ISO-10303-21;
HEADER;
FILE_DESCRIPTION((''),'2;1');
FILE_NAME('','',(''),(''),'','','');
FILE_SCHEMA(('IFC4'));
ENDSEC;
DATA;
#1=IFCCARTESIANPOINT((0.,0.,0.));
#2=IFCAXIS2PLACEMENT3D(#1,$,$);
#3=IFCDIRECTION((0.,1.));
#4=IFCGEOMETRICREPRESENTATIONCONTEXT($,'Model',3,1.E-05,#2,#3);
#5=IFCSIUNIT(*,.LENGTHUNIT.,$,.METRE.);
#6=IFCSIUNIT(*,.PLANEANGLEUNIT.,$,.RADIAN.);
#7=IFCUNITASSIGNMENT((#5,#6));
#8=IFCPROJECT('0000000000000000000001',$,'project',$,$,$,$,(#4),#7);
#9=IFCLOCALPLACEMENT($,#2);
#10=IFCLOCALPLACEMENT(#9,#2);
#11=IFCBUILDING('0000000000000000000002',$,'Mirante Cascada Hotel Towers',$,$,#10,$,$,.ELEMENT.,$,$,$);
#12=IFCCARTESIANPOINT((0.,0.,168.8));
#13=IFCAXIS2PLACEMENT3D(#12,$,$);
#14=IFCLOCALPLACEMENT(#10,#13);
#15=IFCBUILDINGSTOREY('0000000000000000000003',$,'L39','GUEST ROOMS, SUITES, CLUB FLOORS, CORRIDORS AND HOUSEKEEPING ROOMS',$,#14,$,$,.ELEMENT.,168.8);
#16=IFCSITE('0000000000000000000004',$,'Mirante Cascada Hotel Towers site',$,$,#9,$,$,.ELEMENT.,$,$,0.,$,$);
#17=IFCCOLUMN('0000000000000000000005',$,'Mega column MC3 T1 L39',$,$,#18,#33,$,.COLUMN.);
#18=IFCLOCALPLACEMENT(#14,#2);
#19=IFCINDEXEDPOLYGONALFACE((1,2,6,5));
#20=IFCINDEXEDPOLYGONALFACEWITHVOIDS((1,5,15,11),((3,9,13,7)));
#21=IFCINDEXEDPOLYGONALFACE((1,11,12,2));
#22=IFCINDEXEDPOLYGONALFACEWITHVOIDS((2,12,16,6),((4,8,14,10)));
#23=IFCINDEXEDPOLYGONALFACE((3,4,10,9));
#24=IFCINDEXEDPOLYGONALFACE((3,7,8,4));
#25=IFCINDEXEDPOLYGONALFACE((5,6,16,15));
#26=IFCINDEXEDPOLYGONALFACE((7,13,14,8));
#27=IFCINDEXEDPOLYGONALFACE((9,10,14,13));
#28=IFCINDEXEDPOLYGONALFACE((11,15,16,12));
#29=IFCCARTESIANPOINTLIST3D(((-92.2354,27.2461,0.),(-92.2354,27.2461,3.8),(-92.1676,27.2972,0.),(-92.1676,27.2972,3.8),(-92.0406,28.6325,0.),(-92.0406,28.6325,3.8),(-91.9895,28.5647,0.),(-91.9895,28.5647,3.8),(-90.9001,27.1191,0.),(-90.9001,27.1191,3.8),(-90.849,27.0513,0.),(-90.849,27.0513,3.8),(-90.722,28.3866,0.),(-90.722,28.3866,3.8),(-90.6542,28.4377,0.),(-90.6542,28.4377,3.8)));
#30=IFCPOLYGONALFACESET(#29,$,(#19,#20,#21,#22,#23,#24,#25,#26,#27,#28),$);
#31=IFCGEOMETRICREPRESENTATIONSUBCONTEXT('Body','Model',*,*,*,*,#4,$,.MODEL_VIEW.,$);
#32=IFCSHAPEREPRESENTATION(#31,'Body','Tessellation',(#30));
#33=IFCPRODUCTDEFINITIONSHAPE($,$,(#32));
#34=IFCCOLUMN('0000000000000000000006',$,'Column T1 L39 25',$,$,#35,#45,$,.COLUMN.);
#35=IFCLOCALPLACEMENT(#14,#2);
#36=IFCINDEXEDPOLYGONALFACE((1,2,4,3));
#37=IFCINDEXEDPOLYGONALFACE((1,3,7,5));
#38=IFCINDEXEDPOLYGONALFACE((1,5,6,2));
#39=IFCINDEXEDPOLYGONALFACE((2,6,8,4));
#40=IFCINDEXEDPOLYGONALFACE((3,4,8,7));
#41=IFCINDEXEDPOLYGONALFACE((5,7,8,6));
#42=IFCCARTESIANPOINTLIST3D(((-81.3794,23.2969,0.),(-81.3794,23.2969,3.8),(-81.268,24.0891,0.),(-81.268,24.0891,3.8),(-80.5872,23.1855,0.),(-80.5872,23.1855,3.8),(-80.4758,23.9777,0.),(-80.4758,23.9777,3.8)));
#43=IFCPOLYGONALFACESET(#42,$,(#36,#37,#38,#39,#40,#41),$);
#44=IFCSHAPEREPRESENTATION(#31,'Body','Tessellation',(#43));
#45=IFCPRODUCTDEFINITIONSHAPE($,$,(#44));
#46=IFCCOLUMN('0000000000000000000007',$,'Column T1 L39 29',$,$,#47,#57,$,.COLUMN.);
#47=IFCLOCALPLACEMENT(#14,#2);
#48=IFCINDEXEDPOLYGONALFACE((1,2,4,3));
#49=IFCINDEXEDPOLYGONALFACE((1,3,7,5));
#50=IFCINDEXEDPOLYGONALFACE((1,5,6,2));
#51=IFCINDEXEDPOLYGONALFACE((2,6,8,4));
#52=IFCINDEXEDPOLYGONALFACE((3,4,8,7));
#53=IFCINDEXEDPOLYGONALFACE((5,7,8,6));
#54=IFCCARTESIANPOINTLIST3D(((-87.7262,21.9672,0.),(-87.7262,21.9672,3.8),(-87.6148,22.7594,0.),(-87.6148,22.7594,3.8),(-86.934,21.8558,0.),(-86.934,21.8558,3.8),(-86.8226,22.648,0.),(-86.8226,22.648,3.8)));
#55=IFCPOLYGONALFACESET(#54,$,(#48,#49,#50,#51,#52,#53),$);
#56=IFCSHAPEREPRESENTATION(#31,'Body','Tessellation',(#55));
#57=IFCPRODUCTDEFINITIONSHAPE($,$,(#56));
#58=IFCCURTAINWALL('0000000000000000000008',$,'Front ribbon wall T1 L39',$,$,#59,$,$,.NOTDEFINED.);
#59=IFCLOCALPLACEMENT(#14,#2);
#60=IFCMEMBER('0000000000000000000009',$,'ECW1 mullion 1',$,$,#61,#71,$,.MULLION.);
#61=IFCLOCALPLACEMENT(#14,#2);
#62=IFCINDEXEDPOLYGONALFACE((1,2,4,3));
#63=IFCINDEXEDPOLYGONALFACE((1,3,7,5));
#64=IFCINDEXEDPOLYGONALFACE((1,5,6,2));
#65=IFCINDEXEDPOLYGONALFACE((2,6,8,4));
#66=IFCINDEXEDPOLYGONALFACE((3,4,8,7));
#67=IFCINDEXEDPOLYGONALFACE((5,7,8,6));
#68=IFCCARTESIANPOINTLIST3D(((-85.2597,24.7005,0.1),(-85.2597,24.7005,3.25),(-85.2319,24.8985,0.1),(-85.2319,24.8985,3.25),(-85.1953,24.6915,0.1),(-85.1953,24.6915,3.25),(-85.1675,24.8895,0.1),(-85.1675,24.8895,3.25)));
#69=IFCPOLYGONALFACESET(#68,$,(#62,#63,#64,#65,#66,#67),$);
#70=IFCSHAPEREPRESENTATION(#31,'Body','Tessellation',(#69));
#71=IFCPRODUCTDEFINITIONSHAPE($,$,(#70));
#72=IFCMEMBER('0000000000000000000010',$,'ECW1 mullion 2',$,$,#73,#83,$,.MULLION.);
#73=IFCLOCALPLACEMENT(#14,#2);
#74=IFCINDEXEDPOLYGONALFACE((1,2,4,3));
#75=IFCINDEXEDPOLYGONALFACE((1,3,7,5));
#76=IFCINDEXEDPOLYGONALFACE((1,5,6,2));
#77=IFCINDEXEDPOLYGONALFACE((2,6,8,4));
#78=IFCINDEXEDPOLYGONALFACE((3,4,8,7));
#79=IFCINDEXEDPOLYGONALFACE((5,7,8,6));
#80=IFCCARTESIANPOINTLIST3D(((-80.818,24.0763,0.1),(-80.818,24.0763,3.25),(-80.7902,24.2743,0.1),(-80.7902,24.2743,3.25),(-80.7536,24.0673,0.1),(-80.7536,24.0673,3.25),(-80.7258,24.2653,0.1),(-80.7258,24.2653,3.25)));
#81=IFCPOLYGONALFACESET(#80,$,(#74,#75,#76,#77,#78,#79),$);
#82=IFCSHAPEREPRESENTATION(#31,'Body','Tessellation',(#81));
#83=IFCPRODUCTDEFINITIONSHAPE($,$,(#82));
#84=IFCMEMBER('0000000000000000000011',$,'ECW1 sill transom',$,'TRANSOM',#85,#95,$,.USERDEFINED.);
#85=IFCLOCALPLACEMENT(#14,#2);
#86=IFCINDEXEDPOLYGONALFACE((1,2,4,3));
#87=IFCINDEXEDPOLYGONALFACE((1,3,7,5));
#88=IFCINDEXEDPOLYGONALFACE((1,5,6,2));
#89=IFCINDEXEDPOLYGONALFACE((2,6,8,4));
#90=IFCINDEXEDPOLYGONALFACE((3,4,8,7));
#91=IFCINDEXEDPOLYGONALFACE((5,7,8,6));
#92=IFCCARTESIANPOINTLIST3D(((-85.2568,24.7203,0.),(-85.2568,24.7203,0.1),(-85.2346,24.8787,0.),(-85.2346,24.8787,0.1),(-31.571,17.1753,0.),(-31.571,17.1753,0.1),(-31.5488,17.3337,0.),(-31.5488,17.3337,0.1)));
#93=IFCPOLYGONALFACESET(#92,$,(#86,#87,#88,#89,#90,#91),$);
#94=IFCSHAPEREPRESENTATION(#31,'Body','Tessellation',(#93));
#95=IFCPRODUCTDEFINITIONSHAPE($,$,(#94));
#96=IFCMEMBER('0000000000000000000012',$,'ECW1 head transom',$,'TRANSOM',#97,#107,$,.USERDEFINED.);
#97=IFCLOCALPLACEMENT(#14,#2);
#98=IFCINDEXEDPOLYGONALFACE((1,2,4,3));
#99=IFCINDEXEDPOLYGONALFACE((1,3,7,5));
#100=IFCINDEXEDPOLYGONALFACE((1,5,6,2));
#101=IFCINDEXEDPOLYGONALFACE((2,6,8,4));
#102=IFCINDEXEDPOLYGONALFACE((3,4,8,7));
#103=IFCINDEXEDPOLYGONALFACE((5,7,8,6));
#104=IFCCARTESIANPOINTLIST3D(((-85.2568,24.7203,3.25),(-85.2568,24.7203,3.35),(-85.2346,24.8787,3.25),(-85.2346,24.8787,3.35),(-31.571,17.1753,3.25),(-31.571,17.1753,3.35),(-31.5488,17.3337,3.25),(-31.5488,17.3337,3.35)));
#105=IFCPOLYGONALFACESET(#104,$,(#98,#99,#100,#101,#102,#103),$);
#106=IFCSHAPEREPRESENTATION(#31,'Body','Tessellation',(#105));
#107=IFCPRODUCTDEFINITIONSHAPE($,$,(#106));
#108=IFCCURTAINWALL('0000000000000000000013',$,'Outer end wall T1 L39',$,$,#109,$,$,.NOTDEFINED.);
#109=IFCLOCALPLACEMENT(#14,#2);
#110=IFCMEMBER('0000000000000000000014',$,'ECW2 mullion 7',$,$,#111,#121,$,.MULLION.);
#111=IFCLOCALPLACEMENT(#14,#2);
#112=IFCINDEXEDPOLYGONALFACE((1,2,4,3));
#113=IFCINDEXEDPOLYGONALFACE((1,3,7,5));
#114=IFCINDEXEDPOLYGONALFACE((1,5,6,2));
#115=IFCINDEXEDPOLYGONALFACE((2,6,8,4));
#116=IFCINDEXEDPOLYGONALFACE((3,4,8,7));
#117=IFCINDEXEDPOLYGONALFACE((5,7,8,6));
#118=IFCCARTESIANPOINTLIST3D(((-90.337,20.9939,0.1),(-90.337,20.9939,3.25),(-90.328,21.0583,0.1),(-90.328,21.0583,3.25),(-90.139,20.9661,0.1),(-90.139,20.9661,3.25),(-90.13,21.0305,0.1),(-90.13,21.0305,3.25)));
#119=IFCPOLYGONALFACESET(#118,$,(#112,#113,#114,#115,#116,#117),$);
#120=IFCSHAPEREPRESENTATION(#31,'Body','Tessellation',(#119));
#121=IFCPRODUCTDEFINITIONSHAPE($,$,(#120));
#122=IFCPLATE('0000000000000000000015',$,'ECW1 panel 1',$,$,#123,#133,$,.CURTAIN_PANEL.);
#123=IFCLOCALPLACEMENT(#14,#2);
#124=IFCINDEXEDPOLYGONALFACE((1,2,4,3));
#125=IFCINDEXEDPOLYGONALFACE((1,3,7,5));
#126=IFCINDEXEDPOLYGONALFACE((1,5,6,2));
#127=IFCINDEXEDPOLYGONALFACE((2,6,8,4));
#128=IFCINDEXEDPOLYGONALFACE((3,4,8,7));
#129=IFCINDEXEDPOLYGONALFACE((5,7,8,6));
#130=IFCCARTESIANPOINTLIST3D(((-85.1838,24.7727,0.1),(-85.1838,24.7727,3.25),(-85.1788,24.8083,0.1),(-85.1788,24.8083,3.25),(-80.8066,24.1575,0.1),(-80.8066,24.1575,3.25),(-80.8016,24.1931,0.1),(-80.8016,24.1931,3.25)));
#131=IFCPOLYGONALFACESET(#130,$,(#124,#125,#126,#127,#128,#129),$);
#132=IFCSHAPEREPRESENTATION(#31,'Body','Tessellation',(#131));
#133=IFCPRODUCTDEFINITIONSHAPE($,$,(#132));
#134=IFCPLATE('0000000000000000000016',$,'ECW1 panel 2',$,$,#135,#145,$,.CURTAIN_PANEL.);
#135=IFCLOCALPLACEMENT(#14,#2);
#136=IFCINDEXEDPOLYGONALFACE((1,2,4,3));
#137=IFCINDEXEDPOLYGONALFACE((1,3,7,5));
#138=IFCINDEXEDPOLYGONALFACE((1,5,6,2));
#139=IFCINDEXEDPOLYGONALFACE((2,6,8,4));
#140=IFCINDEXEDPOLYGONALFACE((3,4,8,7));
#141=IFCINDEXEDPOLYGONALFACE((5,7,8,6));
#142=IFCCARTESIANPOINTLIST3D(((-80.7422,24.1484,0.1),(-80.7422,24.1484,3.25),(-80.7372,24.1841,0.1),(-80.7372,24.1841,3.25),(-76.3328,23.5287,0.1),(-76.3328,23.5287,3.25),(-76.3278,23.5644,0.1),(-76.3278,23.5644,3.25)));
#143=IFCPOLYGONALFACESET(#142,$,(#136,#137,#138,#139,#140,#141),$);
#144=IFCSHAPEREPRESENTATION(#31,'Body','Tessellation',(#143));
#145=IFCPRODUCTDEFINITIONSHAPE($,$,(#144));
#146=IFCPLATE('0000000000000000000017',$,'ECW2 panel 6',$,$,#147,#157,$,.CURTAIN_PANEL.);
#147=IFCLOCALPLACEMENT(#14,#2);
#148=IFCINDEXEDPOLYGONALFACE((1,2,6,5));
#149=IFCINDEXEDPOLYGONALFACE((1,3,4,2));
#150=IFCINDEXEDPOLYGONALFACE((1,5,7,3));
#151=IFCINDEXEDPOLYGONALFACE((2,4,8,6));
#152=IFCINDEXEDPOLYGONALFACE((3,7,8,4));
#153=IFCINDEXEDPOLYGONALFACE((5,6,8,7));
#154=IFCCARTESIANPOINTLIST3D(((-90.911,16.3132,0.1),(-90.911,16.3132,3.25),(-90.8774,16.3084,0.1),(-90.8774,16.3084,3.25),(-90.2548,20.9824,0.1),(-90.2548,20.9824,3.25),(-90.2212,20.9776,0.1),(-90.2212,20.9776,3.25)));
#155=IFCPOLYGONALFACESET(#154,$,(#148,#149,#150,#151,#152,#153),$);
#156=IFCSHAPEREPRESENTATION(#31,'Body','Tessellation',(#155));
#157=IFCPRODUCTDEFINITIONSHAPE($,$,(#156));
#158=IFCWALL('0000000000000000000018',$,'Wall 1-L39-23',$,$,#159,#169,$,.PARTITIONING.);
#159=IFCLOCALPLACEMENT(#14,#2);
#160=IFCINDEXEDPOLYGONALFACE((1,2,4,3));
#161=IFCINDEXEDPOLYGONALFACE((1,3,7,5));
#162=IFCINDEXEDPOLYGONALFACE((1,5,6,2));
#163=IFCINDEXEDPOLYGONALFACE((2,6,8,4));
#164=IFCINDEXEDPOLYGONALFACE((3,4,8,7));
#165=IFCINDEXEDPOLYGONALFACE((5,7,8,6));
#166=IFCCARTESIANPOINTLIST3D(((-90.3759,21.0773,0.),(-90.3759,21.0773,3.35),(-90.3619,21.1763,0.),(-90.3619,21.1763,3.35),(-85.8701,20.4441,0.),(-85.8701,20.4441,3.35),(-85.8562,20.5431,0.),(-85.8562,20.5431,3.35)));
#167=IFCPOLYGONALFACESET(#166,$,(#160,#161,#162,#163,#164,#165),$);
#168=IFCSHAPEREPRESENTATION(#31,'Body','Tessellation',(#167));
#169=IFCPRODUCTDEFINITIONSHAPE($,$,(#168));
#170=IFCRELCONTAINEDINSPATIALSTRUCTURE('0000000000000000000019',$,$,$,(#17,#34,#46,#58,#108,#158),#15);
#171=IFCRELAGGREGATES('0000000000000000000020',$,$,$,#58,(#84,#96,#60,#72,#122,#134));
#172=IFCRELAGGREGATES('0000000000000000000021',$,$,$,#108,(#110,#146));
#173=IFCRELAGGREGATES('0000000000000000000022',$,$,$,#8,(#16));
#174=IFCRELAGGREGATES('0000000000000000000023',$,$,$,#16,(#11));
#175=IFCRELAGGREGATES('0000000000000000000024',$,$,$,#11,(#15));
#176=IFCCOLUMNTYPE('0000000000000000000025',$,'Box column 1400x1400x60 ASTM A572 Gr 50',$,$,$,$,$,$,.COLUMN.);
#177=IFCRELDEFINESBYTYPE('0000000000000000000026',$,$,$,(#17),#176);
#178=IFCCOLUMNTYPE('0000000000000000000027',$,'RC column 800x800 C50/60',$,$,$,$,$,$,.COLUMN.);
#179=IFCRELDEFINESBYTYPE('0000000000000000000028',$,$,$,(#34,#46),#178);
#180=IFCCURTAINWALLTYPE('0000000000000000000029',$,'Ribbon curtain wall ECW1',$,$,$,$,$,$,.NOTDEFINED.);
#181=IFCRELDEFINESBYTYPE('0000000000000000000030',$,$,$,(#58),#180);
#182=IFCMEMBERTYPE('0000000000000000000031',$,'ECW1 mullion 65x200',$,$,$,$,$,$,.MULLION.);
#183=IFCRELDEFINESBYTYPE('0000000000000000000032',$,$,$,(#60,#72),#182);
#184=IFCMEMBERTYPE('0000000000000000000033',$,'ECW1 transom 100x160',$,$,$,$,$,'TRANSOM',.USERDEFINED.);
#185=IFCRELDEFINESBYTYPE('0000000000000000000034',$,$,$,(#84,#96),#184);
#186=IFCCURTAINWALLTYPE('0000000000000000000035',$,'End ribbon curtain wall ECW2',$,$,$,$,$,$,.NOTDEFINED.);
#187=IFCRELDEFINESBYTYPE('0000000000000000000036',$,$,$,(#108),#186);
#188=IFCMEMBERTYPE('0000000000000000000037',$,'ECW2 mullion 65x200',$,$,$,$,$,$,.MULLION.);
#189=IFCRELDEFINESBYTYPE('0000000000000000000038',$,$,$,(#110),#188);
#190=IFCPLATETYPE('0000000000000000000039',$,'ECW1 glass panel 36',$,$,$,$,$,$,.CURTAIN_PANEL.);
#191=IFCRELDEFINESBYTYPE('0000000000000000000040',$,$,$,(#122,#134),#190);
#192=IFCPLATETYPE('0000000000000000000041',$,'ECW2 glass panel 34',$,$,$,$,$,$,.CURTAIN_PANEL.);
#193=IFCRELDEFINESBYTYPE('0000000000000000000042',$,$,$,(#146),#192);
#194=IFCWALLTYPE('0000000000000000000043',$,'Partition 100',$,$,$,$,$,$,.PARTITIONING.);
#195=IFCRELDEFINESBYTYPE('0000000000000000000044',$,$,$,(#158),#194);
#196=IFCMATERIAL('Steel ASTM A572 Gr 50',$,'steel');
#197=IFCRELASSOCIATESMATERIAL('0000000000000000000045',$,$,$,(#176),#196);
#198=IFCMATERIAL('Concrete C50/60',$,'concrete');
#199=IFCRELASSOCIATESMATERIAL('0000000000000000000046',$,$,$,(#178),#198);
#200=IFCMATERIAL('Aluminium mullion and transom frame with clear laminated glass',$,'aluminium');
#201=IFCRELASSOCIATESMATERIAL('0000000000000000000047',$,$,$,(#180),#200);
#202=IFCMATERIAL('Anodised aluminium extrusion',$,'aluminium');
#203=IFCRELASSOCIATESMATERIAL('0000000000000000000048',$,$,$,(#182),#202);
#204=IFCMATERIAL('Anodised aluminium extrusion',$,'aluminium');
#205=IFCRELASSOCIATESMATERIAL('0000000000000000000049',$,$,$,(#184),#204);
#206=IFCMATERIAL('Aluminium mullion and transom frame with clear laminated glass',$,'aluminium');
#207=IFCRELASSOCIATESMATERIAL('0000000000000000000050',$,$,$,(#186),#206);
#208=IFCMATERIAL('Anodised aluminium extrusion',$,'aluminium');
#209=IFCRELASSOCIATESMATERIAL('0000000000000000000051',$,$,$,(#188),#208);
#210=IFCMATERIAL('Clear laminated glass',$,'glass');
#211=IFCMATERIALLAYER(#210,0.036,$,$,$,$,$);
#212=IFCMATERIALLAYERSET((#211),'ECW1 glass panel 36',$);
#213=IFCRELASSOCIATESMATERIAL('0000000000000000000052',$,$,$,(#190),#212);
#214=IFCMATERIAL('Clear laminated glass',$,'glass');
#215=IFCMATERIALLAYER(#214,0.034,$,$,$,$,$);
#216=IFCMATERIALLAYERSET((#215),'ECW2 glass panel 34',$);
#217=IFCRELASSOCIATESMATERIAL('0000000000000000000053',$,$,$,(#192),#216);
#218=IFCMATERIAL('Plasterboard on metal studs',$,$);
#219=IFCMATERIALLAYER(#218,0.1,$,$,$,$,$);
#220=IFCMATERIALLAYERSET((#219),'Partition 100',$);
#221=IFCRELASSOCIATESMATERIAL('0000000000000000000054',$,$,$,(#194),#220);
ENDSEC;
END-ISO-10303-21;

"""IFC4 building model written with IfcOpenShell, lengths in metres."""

from ifc_helpers import new_model, si_unit, direction, frame, frame_2d, origin, origin_2d, place, context, subcontext, project, spatial, rectangle, hollow_rectangle, extrude, material, layer, layer_set, material_profile, profile_set, type_object, element, aggregate, save


model = new_model("IFC4")

# Units and contexts
model_context = context("Model", 3, precision=1e-05, world=origin(), true_north=direction((0.0, 1.0)))
body_context = subcontext(model_context, "Body", "Model", "MODEL_VIEW")
ifc_project = project(units=[si_unit("LENGTHUNIT", "METRE"), si_unit("PLANEANGLEUNIT", "RADIAN")], contexts=[model_context])

# Site, building, storey
site_placement = place(None, origin())
site = spatial("IfcSite", under=ifc_project, at=site_placement, Name="Mirante Cascada Hotel Towers site", CompositionType="ELEMENT", RefElevation=0.0)
building_placement = place(site_placement, origin())
building = spatial("IfcBuilding", under=site, at=building_placement, Name="Mirante Cascada Hotel Towers", CompositionType="ELEMENT")
storey_placement = place(building_placement, frame((0.0, 0.0, 168.8)))
storey = spatial("IfcBuildingStorey", under=building, at=storey_placement, Name="L39", Description="GUEST ROOMS, SUITES, CLUB FLOORS, CORRIDORS AND HOUSEKEEPING ROOMS", CompositionType="ELEMENT", Elevation=168.8)

# Columns
ifc_material_1 = material(Name="Steel ASTM A572 Gr 50", Category="steel")
ifc_material_profile_1 = material_profile(ifc_material_1, hollow_rectangle(XDim=1.4, YDim=1.4, WallThickness=0.06, at=origin_2d()), Name="Box column 1400x1400x60 ASTM A572 Gr 50")
ifc_profile_set_1 = profile_set([ifc_material_profile_1], Name="Steel ASTM A572 Gr 50")
column_type_1 = type_object("IfcColumnType", Name="Box column 1400x1400x60 ASTM A572 Gr 50", PredefinedType="COLUMN", material=ifc_profile_set_1)
column_placement = place(storey_placement, frame((-91.4448, 27.8419, 0.0), z_axis=(0.0, 0.0, 1.0), x_axis=(-0.990268, 0.139173, 0.0)))
element("IfcColumn", 1, at=column_placement, inside=storey, type_object=column_type_1, Name="Mega column MC3 T1 L39", PredefinedType="COLUMN", context=body_context, shape_type="SweptSolid", body=[
    extrude(hollow_rectangle(XDim=1.4, YDim=1.4, WallThickness=0.06, at=origin_2d()), origin(), (0.0, 0.0, 1.0), 3.8),
])
ifc_material_2 = material(Name="Concrete C50/60", Category="concrete")
ifc_material_profile_2 = material_profile(ifc_material_2, rectangle(XDim=0.8, YDim=0.8, at=origin_2d()), Name="RC column 800x800 C50/60")
ifc_profile_set_2 = profile_set([ifc_material_profile_2], Name="Concrete C50/60")
column_type_2 = type_object("IfcColumnType", Name="RC column 800x800 C50/60", PredefinedType="COLUMN", material=ifc_profile_set_2)
for number, where, z_axis, x_axis, name in (
    (2, (-80.9276, 23.6373, 0.0), (0.0, 0.0, 1.0), (-0.990268, 0.139173, 0.0), "Column T1 L39 25"),
    (3, (-87.2744, 22.3076, 0.0), (0.0, 0.0, 1.0), (-0.990268, 0.139173, 0.0), "Column T1 L39 29"),
):
    element("IfcColumn", number, at=place(storey_placement, frame(where, z_axis=z_axis, x_axis=x_axis)), inside=storey, type_object=column_type_2, Name=name, PredefinedType="COLUMN", context=body_context, shape_type="SweptSolid", body=[
        extrude(rectangle(XDim=0.8, YDim=0.8, at=origin_2d()), origin(), (0.0, 0.0, 1.0), 3.8),
    ])

# Curtain wall, members
ifc_material_3 = material(Name="Aluminium mullion and transom frame with clear laminated glass", Category="aluminium")
curtain_wall_type_1 = type_object("IfcCurtainWallType", Name="Ribbon curtain wall ECW1", PredefinedType="NOTDEFINED", material=ifc_material_3)
curtain_wall_1_placement = place(storey_placement, origin())
curtain_wall_1 = element("IfcCurtainWall", 4, at=curtain_wall_1_placement, inside=storey, type_object=curtain_wall_type_1, Name="Front ribbon wall T1 L39", PredefinedType="NOTDEFINED")
ifc_material_4 = material(Name="Anodised aluminium extrusion", Category="aluminium")
ifc_material_profile_3 = material_profile(ifc_material_4, rectangle(XDim=0.2, YDim=0.065, at=origin_2d()), Name="ECW1 MULLION 65x200")
ifc_profile_set_3 = profile_set([ifc_material_profile_3], Name="Anodised aluminium extrusion")
member_type_1 = type_object("IfcMemberType", Name="ECW1 mullion 65x200", PredefinedType="MULLION", material=ifc_profile_set_3)
member_1_placement = place(storey_placement, frame((-85.2136, 24.795, 0.1), z_axis=(0.0, 0.0, 1.0), x_axis=(0.139173, 0.990268, 0.0)))
member_1 = element("IfcMember", 5, at=member_1_placement, type_object=member_type_1, Name="ECW1 mullion 1", PredefinedType="MULLION", context=body_context, shape_type="SweptSolid", body=[
    extrude(rectangle(XDim=0.2, YDim=0.065, at=origin_2d()), origin(), (0.0, 0.0, 1.0), 3.15),
])
member_2_placement = place(storey_placement, frame((-80.7719, 24.1708, 0.1), z_axis=(0.0, 0.0, 1.0), x_axis=(0.139173, 0.990268, 0.0)))
member_2 = element("IfcMember", 6, at=member_2_placement, type_object=member_type_1, Name="ECW1 mullion 2", PredefinedType="MULLION", context=body_context, shape_type="SweptSolid", body=[
    extrude(rectangle(XDim=0.2, YDim=0.065, at=origin_2d()), origin(), (0.0, 0.0, 1.0), 3.15),
])
ifc_material_5 = material(Name="Anodised aluminium extrusion", Category="aluminium")
ifc_material_profile_4 = material_profile(ifc_material_5, rectangle(XDim=0.16, YDim=0.1, at=origin_2d()), Name="ECW1 TRANSOM 100x160")
ifc_profile_set_4 = profile_set([ifc_material_profile_4], Name="Anodised aluminium extrusion")
member_type_2 = type_object("IfcMemberType", Name="ECW1 transom 100x160", ElementType="TRANSOM", PredefinedType="USERDEFINED", material=ifc_profile_set_4)
member_3_placement = place(storey_placement, frame((-85.2457, 24.7995, 0.05), z_axis=(0.990268, -0.139172, 0.0), x_axis=(0.139172, 0.990268, 0.0)))
member_3 = element("IfcMember", 7, at=member_3_placement, type_object=member_type_2, Name="ECW1 sill transom", ObjectType="TRANSOM", PredefinedType="USERDEFINED", context=body_context, shape_type="SweptSolid", body=[
    extrude(rectangle(XDim=0.16, YDim=0.1, at=origin_2d()), origin(), (0.0, 0.0, 1.0), 54.2134),
])
member_4_placement = place(storey_placement, frame((-85.2457, 24.7995, 3.3), z_axis=(0.990268, -0.139172, 0.0), x_axis=(0.139172, 0.990268, 0.0)))
member_4 = element("IfcMember", 8, at=member_4_placement, type_object=member_type_2, Name="ECW1 head transom", ObjectType="TRANSOM", PredefinedType="USERDEFINED", context=body_context, shape_type="SweptSolid", body=[
    extrude(rectangle(XDim=0.16, YDim=0.1, at=origin_2d()), origin(), (0.0, 0.0, 1.0), 54.2134),
])

# Curtain wall, member
ifc_material_6 = material(Name="Aluminium mullion and transom frame with clear laminated glass", Category="aluminium")
curtain_wall_type_2 = type_object("IfcCurtainWallType", Name="End ribbon curtain wall ECW2", PredefinedType="NOTDEFINED", material=ifc_material_6)
curtain_wall_2_placement = place(storey_placement, origin())
curtain_wall_2 = element("IfcCurtainWall", 9, at=curtain_wall_2_placement, inside=storey, type_object=curtain_wall_type_2, Name="Outer end wall T1 L39", PredefinedType="NOTDEFINED")
ifc_material_7 = material(Name="Anodised aluminium extrusion", Category="aluminium")
ifc_material_profile_5 = material_profile(ifc_material_7, rectangle(XDim=0.2, YDim=0.065, at=origin_2d()), Name="ECW2 MULLION 65x200")
ifc_profile_set_5 = profile_set([ifc_material_profile_5], Name="Anodised aluminium extrusion")
member_type_3 = type_object("IfcMemberType", Name="ECW2 mullion 65x200", PredefinedType="MULLION", material=ifc_profile_set_5)
member_5_placement = place(storey_placement, frame((-90.2335, 21.0122, 0.1), z_axis=(0.0, 0.0, 1.0), x_axis=(-0.990268, 0.139173, 0.0)))
member_5 = element("IfcMember", 10, at=member_5_placement, type_object=member_type_3, Name="ECW2 mullion 7", PredefinedType="MULLION", context=body_context, shape_type="SweptSolid", body=[
    extrude(rectangle(XDim=0.2, YDim=0.065, at=origin_2d()), origin(), (0.0, 0.0, 1.0), 3.15),
])

# Plates
ifc_material_8 = material(Name="Clear laminated glass", Category="glass")
ifc_layer_1 = layer(ifc_material_8, 0.036)
ifc_layer_set_1 = layer_set([ifc_layer_1], Name="ECW1 glass panel 36")
plate_type_1 = type_object("IfcPlateType", Name="ECW1 glass panel 36", PredefinedType="CURTAIN_PANEL", material=ifc_layer_set_1)
plate_1_placement = place(storey_placement, frame((-82.9927, 24.4829, 0.1), z_axis=(0.0, 0.0, 1.0), x_axis=(0.990268, -0.139173, 0.0)))
plate_1 = element("IfcPlate", 11, at=plate_1_placement, type_object=plate_type_1, Name="ECW1 panel 1", PredefinedType="CURTAIN_PANEL", context=body_context, shape_type="SweptSolid", body=[
    extrude(rectangle(XDim=4.4203, YDim=0.036, at=origin_2d()), origin(), (0.0, 0.0, 1.0), 3.15),
])
plate_2_placement = place(storey_placement, frame((-78.535, 23.8564, 0.1), z_axis=(0.0, 0.0, 1.0), x_axis=(0.990268, -0.139173, 0.0)))
plate_2 = element("IfcPlate", 12, at=plate_2_placement, type_object=plate_type_1, Name="ECW1 panel 2", PredefinedType="CURTAIN_PANEL", context=body_context, shape_type="SweptSolid", body=[
    extrude(rectangle(XDim=4.4528, YDim=0.036, at=origin_2d()), origin(), (0.0, 0.0, 1.0), 3.15),
])
aggregate(curtain_wall_1, [member_3, member_4, member_1, member_2, plate_1, plate_2])
ifc_material_9 = material(Name="Clear laminated glass", Category="glass")
ifc_layer_2 = layer(ifc_material_9, 0.034)
ifc_layer_set_2 = layer_set([ifc_layer_2], Name="ECW2 glass panel 34")
plate_type_2 = type_object("IfcPlateType", Name="ECW2 glass panel 34", PredefinedType="CURTAIN_PANEL", material=ifc_layer_set_2)
plate_3_placement = place(storey_placement, frame((-90.5661, 18.6454, 0.1), z_axis=(0.0, 0.0, 1.0), x_axis=(0.139173, 0.990268, 0.0)))
plate_3 = element("IfcPlate", 13, at=plate_3_placement, type_object=plate_type_2, Name="ECW2 panel 6", PredefinedType="CURTAIN_PANEL", context=body_context, shape_type="SweptSolid", body=[
    extrude(rectangle(XDim=4.7151, YDim=0.034, at=origin_2d()), origin(), (0.0, 0.0, 1.0), 3.15),
])
aggregate(curtain_wall_2, [member_5, plate_3])

# Wall
ifc_material_10 = material(Name="Plasterboard on metal studs")
ifc_layer_3 = layer(ifc_material_10, 0.1)
ifc_layer_set_3 = layer_set([ifc_layer_3], Name="Partition 100")
wall_type_1 = type_object("IfcWallType", Name="Partition 100", PredefinedType="PARTITIONING", material=ifc_layer_set_3)
wall_1_placement = place(storey_placement, frame((-90.3689, 21.1268, 0.0), z_axis=(0.0, 0.0, 1.0), x_axis=(0.990269, -0.139166, 0.0)))
element("IfcWall", 14, at=wall_1_placement, inside=storey, type_object=wall_type_1, Name="Wall 1-L39-23", PredefinedType="PARTITIONING", context=body_context, shape_type="SweptSolid", body=[
    extrude(rectangle(XDim=4.55, YDim=0.1, at=frame_2d((2.275, 0.0))), origin(), (0.0, 0.0, 1.0), 3.35),
])

save(model, "model.ifc")
